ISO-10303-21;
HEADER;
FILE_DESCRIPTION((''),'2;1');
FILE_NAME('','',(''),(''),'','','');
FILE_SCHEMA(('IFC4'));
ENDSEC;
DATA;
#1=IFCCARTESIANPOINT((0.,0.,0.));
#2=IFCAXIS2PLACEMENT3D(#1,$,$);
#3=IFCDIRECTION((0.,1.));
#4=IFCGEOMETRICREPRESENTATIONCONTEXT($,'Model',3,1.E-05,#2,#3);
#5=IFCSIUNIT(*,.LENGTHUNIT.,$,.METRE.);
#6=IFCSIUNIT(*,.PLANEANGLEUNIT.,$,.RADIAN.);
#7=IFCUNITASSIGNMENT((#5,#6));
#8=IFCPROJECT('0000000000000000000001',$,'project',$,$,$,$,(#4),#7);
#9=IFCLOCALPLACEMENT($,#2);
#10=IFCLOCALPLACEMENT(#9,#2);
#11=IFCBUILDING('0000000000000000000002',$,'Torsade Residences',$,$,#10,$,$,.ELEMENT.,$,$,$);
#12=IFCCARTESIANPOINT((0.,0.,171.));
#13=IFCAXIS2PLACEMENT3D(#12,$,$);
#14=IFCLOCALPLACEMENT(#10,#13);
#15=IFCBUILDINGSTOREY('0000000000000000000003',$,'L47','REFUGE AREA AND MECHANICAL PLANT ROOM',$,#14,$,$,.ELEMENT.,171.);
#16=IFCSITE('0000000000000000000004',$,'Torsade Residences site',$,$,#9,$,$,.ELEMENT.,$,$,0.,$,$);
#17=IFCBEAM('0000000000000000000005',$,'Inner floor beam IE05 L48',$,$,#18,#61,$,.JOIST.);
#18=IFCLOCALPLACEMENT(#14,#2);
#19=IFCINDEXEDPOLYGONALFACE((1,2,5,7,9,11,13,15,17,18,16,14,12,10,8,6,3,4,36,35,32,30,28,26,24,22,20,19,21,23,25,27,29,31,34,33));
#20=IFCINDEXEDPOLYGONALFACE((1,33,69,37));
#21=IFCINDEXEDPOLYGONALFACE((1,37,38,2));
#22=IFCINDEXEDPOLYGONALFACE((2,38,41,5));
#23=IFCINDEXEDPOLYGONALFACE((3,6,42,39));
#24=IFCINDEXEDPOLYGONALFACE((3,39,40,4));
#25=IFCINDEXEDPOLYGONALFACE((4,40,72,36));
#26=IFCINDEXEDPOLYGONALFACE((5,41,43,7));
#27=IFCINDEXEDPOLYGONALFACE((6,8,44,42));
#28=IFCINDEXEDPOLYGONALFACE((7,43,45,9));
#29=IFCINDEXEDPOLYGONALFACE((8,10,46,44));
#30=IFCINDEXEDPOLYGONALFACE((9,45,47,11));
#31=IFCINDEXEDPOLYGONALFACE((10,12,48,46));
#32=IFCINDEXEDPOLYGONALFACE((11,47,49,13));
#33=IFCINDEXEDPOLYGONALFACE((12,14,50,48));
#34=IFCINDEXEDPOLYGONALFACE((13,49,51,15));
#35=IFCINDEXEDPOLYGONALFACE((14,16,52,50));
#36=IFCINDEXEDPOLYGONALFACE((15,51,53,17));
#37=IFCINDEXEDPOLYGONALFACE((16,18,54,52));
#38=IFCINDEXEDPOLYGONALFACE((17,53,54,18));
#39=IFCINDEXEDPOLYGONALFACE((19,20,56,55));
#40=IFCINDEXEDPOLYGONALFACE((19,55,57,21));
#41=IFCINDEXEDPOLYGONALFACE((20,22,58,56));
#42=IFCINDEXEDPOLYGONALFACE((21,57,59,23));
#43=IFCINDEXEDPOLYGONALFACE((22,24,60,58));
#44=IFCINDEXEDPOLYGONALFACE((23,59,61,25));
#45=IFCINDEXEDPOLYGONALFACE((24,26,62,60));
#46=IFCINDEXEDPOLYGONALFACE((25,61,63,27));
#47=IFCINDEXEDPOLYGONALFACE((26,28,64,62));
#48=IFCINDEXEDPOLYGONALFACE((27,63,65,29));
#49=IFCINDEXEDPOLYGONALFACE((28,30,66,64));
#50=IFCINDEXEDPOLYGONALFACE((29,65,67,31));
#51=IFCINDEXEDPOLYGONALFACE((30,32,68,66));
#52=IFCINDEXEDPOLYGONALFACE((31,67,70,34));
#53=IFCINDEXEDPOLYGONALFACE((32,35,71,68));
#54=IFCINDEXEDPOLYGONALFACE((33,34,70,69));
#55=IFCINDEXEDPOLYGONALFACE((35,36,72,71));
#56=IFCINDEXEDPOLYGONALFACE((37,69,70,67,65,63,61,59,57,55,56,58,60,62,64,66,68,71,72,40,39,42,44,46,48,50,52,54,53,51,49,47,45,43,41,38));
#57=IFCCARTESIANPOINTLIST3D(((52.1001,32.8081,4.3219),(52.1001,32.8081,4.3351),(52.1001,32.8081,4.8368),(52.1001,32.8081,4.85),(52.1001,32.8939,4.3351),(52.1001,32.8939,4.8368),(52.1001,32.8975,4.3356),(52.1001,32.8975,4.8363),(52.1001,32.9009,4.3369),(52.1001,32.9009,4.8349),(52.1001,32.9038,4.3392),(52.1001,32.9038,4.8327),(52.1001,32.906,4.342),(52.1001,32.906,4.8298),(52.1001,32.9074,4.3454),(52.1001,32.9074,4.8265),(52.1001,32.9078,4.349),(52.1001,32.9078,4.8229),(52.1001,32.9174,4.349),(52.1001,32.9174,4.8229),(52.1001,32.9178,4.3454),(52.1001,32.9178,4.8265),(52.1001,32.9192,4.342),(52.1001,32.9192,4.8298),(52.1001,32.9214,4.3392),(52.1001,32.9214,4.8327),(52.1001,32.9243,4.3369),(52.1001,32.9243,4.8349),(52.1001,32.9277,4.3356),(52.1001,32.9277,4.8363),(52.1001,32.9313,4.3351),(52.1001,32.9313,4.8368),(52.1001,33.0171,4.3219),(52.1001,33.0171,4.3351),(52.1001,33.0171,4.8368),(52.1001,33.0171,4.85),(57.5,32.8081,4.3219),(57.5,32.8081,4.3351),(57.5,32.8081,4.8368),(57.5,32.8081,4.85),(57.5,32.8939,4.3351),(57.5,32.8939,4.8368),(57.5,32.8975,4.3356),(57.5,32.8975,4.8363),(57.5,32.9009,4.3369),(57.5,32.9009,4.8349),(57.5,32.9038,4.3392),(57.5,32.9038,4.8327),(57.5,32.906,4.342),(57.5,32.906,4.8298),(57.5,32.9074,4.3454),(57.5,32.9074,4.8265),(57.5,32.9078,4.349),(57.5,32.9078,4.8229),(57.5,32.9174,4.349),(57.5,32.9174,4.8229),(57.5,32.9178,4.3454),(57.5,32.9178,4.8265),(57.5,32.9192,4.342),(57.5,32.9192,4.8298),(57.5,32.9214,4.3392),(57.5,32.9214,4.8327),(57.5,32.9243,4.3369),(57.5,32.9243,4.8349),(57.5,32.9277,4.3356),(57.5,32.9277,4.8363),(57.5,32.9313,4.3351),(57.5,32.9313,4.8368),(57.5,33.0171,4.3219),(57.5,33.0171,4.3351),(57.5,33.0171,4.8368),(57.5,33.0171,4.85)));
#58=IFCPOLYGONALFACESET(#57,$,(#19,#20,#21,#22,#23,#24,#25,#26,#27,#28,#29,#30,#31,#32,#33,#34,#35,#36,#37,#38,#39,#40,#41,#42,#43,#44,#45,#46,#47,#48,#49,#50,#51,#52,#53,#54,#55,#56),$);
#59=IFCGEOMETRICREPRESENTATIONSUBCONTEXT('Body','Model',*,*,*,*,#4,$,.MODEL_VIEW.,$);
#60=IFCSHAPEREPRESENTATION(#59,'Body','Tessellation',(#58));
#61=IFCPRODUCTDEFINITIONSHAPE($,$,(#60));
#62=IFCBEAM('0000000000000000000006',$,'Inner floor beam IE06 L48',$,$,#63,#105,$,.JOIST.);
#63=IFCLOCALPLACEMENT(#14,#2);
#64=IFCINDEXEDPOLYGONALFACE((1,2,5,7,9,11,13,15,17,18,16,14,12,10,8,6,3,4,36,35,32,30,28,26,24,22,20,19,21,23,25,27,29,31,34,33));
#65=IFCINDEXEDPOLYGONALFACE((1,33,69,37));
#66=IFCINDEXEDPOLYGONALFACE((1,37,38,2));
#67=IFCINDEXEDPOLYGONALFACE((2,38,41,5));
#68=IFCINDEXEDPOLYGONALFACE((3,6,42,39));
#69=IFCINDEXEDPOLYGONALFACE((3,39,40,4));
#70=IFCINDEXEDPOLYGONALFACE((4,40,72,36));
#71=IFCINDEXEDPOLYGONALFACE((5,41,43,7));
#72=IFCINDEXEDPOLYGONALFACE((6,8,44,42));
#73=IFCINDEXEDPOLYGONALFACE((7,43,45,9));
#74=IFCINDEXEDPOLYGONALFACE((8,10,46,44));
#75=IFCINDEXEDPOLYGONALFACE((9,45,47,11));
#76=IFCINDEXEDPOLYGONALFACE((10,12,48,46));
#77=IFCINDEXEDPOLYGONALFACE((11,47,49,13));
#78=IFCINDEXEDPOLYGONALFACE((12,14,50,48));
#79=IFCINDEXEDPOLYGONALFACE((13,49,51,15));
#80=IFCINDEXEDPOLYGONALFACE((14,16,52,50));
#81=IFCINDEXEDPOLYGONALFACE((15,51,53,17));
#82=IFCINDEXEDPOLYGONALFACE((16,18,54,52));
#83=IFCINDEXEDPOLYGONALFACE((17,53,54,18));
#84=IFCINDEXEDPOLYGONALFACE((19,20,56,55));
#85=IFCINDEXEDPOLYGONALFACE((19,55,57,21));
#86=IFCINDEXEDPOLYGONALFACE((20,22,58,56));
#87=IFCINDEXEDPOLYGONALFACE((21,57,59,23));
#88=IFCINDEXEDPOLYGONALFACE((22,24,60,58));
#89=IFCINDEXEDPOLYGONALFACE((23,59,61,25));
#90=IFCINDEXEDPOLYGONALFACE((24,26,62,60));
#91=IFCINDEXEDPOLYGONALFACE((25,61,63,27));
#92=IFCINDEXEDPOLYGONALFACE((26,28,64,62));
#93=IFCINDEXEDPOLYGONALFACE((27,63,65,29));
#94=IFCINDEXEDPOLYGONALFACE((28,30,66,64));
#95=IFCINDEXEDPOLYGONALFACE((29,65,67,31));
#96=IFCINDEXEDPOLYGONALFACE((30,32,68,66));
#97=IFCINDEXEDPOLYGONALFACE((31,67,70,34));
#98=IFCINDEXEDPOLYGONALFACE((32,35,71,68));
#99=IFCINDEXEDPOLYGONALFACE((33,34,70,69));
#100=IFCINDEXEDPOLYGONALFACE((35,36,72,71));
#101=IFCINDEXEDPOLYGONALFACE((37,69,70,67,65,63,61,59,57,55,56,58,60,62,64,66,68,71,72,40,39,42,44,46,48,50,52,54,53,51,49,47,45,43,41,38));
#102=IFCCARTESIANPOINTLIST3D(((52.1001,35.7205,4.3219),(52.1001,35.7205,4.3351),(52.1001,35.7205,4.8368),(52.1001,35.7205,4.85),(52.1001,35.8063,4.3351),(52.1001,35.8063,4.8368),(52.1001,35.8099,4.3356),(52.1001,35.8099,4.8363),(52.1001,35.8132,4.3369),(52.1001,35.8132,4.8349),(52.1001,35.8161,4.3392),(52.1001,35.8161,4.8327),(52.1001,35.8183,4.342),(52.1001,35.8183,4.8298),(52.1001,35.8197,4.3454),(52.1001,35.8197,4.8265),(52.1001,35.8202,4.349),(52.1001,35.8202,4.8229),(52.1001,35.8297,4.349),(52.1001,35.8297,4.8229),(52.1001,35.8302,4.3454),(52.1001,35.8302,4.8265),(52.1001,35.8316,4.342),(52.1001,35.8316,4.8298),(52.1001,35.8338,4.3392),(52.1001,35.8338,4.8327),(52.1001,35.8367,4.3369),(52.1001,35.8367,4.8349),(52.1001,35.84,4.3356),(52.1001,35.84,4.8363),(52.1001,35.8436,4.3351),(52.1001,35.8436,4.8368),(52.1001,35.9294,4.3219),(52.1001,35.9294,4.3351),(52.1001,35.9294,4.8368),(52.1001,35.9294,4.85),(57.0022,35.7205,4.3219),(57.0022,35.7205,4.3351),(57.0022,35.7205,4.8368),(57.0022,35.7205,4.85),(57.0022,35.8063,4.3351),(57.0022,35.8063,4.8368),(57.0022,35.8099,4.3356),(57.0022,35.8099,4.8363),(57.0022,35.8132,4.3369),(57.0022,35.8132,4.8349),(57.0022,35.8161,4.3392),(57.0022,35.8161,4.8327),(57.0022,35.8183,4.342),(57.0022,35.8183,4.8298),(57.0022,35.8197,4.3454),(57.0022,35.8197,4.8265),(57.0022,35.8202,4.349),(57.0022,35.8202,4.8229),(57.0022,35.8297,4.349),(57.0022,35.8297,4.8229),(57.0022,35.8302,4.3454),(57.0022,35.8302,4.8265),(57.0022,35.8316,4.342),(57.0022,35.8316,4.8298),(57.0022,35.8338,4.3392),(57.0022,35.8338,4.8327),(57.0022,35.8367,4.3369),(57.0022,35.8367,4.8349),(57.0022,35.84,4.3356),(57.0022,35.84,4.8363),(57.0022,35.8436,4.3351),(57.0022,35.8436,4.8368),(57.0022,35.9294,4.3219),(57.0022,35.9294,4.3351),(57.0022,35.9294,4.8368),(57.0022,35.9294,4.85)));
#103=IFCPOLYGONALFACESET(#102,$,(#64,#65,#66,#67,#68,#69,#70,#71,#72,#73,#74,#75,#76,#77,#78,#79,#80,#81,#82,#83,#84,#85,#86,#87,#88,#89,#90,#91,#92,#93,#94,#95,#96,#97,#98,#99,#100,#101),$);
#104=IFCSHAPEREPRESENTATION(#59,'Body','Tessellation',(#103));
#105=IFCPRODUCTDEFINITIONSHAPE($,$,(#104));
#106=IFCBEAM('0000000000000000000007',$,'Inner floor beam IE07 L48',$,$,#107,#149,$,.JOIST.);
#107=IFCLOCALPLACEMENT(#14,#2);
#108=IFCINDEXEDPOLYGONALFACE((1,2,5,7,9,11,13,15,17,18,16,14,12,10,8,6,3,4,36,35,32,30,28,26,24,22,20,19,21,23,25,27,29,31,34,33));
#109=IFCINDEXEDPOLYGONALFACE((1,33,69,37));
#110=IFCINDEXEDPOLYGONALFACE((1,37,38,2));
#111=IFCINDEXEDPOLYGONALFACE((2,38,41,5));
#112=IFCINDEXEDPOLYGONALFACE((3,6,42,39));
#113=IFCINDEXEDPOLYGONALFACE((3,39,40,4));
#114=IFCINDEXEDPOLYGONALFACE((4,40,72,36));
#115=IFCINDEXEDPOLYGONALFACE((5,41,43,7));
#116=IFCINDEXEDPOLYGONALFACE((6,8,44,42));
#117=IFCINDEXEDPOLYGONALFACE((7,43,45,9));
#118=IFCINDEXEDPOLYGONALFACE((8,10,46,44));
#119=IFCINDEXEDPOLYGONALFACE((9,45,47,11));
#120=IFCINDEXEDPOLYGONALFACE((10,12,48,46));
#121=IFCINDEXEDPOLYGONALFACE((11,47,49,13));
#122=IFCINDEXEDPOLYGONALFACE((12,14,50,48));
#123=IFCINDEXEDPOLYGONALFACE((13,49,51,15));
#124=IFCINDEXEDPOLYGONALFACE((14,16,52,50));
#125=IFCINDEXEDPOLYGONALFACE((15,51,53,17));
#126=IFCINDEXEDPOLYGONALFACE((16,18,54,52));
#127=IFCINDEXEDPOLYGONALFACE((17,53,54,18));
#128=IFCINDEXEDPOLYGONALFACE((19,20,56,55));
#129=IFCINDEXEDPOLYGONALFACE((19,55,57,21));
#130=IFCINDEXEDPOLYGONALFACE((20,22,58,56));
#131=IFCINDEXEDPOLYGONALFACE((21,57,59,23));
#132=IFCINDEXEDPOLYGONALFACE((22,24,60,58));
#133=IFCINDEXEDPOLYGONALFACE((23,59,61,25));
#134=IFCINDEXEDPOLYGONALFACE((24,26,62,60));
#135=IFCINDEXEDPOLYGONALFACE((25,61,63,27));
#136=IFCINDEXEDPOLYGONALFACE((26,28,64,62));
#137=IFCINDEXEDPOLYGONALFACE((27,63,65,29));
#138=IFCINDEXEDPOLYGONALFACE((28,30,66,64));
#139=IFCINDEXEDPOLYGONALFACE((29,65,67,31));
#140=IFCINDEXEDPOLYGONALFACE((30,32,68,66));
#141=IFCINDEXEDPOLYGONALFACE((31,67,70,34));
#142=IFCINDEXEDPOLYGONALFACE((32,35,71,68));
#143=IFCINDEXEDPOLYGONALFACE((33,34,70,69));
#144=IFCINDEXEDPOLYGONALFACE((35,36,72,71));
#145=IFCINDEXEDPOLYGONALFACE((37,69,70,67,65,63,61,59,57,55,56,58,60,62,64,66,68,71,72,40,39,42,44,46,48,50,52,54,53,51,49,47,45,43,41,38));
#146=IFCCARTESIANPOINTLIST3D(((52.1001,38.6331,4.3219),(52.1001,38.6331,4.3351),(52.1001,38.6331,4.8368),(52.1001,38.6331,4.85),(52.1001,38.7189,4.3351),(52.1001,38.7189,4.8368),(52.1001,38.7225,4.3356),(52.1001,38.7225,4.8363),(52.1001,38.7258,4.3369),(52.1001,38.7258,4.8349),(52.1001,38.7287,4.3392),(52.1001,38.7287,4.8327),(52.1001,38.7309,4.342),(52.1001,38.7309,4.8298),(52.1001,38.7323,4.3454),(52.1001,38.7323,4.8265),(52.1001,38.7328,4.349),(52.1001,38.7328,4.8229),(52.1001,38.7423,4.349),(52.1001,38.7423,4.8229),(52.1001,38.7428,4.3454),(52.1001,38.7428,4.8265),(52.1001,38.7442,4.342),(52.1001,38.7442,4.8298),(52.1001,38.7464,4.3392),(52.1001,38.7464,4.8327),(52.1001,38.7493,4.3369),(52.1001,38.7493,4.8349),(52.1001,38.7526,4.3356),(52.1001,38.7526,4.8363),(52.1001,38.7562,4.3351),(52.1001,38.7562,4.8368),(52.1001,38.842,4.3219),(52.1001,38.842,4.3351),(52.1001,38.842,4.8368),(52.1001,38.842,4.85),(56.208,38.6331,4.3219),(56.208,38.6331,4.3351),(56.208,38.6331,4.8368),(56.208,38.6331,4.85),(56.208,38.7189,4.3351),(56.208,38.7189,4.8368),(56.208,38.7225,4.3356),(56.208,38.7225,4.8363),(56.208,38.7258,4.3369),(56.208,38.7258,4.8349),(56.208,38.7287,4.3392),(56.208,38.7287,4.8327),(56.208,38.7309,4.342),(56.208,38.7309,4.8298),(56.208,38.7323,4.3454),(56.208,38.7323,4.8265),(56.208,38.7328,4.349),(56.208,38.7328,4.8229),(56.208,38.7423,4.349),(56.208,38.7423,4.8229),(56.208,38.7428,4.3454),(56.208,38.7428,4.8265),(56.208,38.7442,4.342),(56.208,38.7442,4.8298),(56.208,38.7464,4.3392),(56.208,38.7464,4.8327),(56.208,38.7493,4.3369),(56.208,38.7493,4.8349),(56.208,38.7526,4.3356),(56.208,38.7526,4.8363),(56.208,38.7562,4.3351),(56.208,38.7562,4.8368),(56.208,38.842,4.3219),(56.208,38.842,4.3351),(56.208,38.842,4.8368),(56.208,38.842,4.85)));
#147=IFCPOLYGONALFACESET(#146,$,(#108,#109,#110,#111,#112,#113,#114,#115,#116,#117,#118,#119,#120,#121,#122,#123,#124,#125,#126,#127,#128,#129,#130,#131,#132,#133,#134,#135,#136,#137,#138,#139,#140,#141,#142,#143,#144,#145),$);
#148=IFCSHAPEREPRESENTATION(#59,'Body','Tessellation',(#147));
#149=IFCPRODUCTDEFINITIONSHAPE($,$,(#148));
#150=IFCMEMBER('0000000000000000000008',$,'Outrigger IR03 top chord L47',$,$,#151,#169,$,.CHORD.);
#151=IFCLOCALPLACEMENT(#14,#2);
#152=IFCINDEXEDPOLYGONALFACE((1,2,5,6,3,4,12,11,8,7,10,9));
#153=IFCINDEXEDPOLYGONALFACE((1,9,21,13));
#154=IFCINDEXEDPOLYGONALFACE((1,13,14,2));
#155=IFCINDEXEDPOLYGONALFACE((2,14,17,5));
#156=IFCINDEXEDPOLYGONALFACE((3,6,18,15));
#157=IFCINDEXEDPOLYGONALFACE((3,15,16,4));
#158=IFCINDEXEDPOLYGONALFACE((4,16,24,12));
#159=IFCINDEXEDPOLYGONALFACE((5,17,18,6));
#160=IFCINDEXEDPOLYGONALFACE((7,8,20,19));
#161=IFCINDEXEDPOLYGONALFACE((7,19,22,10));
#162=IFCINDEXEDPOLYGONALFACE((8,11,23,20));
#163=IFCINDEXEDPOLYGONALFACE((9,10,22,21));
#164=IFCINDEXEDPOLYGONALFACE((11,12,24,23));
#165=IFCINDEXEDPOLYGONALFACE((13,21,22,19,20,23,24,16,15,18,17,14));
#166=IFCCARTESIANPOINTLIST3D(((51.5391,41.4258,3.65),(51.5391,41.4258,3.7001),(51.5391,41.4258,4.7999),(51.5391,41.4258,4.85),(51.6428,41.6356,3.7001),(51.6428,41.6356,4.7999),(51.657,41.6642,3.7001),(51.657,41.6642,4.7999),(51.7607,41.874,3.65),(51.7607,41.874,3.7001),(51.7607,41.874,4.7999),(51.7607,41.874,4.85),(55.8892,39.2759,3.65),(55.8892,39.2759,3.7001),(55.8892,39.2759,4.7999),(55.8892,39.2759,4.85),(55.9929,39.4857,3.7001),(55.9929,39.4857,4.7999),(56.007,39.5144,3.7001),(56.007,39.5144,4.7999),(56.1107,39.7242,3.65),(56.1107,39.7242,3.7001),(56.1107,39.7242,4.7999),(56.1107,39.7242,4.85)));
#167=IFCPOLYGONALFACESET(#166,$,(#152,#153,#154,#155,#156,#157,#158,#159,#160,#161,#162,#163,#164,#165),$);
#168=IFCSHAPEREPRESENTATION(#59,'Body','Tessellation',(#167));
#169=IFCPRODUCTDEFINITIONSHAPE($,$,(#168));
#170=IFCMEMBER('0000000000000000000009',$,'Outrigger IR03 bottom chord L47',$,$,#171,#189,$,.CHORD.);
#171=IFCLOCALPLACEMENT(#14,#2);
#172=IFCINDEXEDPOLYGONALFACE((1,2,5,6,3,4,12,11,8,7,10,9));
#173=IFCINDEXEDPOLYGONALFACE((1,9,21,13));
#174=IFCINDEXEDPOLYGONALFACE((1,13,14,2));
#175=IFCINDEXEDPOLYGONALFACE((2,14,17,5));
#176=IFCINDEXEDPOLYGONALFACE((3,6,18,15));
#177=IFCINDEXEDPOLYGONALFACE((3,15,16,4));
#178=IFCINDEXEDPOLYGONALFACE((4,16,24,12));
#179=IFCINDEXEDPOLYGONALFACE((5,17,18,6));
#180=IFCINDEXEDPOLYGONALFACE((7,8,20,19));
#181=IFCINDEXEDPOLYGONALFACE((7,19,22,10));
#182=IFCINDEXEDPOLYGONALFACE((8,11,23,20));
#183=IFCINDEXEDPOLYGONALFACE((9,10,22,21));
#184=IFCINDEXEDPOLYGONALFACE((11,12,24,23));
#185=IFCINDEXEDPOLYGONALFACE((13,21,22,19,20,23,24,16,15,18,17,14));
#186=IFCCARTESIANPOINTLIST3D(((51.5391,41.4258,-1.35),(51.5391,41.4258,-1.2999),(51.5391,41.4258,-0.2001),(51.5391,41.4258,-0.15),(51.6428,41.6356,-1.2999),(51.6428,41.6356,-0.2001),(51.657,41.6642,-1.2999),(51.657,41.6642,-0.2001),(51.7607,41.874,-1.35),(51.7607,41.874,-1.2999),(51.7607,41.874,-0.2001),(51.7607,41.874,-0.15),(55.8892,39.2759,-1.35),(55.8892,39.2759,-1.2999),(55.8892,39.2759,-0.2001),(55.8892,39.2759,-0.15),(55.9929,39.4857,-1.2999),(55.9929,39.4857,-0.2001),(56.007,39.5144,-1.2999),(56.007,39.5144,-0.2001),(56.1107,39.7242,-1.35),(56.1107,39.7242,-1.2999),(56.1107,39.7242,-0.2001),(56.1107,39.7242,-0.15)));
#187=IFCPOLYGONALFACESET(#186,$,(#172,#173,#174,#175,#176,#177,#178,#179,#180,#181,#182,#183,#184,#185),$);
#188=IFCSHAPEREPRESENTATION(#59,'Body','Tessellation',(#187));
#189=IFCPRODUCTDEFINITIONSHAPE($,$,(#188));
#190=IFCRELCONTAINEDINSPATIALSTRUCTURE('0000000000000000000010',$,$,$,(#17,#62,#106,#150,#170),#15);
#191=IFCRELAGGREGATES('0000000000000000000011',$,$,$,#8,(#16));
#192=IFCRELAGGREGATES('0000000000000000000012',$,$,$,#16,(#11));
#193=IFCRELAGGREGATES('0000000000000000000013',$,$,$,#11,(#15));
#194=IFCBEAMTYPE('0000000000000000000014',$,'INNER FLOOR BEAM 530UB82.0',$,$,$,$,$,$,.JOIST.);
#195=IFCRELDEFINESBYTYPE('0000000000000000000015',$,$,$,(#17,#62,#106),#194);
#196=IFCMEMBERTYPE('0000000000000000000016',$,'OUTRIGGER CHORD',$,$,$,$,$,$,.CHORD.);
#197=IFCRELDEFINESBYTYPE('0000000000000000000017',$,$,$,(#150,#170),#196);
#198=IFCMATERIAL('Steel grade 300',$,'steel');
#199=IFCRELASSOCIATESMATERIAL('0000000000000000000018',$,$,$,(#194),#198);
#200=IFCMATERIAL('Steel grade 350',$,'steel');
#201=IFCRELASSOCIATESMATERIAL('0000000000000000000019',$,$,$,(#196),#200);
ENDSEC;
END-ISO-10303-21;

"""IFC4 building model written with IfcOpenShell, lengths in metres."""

from ifc_helpers import new_model, si_unit, direction, frame, origin, origin_2d, place, context, subcontext, project, spatial, i_section, extrude, material, material_profile, profile_set, type_object, element, save


model = new_model("IFC4")

# Units and contexts
model_context = context("Model", 3, precision=1e-05, world=origin(), true_north=direction((0.0, 1.0)))
body_context = subcontext(model_context, "Body", "Model", "MODEL_VIEW")
ifc_project = project(units=[si_unit("LENGTHUNIT", "METRE"), si_unit("PLANEANGLEUNIT", "RADIAN")], contexts=[model_context])

# Site, building, storey
site_placement = place(None, origin())
site = spatial("IfcSite", under=ifc_project, at=site_placement, Name="Torsade Residences site", CompositionType="ELEMENT", RefElevation=0.0)
building_placement = place(site_placement, origin())
building = spatial("IfcBuilding", under=site, at=building_placement, Name="Torsade Residences", CompositionType="ELEMENT")
storey_placement = place(building_placement, frame((0.0, 0.0, 171.0)))
storey = spatial("IfcBuildingStorey", under=building, at=storey_placement, Name="L47", Description="REFUGE AREA AND MECHANICAL PLANT ROOM", CompositionType="ELEMENT", Elevation=171.0)

# Beams
ifc_material_1 = material(Name="Steel grade 300", Category="steel")
ifc_material_profile_1 = material_profile(ifc_material_1, i_section(OverallWidth=0.209, OverallDepth=0.5281, WebThickness=0.0095, FlangeThickness=0.0132, FilletRadius=0.0139, at=origin_2d()), Name="530UB82.0")
ifc_profile_set_1 = profile_set([ifc_material_profile_1], Name="Steel grade 300")
beam_type_1 = type_object("IfcBeamType", Name="INNER FLOOR BEAM 530UB82.0", PredefinedType="JOIST", material=ifc_profile_set_1)
for number, where, z_axis, x_axis, name in (
    (1, (52.1001, 32.9126, 4.5859), (1.0, 0.0, 0.0), (0.0, 1.0, 0.0), "Inner floor beam IE05 L48"),
):
    element("IfcBeam", number, at=place(storey_placement, frame(where, z_axis=z_axis, x_axis=x_axis)), inside=storey, type_object=beam_type_1, Name=name, PredefinedType="JOIST", context=body_context, shape_type="SweptSolid", body=[
        extrude(i_section(OverallWidth=0.209, OverallDepth=0.5281, WebThickness=0.0095, FlangeThickness=0.0132, FilletRadius=0.0139, at=origin_2d()), origin(), (0.0, 0.0, 1.0), 5.3999),
    ])
beam_1_placement = place(storey_placement, frame((52.1001, 35.825, 4.5859), z_axis=(1.0, 0.0, 0.0), x_axis=(0.0, 1.0, 0.0)))
element("IfcBeam", 2, at=beam_1_placement, inside=storey, type_object=beam_type_1, Name="Inner floor beam IE06 L48", PredefinedType="JOIST", context=body_context, shape_type="SweptSolid", body=[
    extrude(i_section(OverallWidth=0.209, OverallDepth=0.5281, WebThickness=0.0095, FlangeThickness=0.0132, FilletRadius=0.0139, at=origin_2d()), origin(), (0.0, 0.0, 1.0), 4.9021),
])
beam_2_placement = place(storey_placement, frame((52.1001, 38.7375, 4.5859), z_axis=(1.0, 0.0, 0.0), x_axis=(0.0, 1.0, 0.0)))
element("IfcBeam", 3, at=beam_2_placement, inside=storey, type_object=beam_type_1, Name="Inner floor beam IE07 L48", PredefinedType="JOIST", context=body_context, shape_type="SweptSolid", body=[
    extrude(i_section(OverallWidth=0.209, OverallDepth=0.5281, WebThickness=0.0095, FlangeThickness=0.0132, FilletRadius=0.0139, at=origin_2d()), origin(), (0.0, 0.0, 1.0), 4.1079),
])

# Members
ifc_material_2 = material(Name="Steel grade 350", Category="steel")
ifc_material_profile_2 = material_profile(ifc_material_2, i_section(OverallWidth=0.5, OverallDepth=1.2, WebThickness=0.032, FlangeThickness=0.05, at=origin_2d()), Name="1200x500x50x32WPG")
ifc_profile_set_2 = profile_set([ifc_material_profile_2], Name="Steel grade 350")
member_type_1 = type_object("IfcMemberType", Name="OUTRIGGER CHORD", PredefinedType="CHORD", material=ifc_profile_set_2)
for number, where, z_axis, x_axis, name in (
    (4, (51.6499, 41.6499, 4.25), (0.896491, -0.443063, 0.0), (0.443063, 0.896491, 0.0), "Outrigger IR03 top chord L47"),
    (5, (51.6499, 41.6499, -0.75), (0.896491, -0.443063, 0.0), (0.443063, 0.896491, 0.0), "Outrigger IR03 bottom chord L47"),
):
    element("IfcMember", number, at=place(storey_placement, frame(where, z_axis=z_axis, x_axis=x_axis)), inside=storey, type_object=member_type_1, Name=name, PredefinedType="CHORD", context=body_context, shape_type="SweptSolid", body=[
        extrude(i_section(OverallWidth=0.5, OverallDepth=1.2, WebThickness=0.032, FlangeThickness=0.05, at=origin_2d()), origin(), (0.0, 0.0, 1.0), 4.8523),
    ])

save(model, "model.ifc")
